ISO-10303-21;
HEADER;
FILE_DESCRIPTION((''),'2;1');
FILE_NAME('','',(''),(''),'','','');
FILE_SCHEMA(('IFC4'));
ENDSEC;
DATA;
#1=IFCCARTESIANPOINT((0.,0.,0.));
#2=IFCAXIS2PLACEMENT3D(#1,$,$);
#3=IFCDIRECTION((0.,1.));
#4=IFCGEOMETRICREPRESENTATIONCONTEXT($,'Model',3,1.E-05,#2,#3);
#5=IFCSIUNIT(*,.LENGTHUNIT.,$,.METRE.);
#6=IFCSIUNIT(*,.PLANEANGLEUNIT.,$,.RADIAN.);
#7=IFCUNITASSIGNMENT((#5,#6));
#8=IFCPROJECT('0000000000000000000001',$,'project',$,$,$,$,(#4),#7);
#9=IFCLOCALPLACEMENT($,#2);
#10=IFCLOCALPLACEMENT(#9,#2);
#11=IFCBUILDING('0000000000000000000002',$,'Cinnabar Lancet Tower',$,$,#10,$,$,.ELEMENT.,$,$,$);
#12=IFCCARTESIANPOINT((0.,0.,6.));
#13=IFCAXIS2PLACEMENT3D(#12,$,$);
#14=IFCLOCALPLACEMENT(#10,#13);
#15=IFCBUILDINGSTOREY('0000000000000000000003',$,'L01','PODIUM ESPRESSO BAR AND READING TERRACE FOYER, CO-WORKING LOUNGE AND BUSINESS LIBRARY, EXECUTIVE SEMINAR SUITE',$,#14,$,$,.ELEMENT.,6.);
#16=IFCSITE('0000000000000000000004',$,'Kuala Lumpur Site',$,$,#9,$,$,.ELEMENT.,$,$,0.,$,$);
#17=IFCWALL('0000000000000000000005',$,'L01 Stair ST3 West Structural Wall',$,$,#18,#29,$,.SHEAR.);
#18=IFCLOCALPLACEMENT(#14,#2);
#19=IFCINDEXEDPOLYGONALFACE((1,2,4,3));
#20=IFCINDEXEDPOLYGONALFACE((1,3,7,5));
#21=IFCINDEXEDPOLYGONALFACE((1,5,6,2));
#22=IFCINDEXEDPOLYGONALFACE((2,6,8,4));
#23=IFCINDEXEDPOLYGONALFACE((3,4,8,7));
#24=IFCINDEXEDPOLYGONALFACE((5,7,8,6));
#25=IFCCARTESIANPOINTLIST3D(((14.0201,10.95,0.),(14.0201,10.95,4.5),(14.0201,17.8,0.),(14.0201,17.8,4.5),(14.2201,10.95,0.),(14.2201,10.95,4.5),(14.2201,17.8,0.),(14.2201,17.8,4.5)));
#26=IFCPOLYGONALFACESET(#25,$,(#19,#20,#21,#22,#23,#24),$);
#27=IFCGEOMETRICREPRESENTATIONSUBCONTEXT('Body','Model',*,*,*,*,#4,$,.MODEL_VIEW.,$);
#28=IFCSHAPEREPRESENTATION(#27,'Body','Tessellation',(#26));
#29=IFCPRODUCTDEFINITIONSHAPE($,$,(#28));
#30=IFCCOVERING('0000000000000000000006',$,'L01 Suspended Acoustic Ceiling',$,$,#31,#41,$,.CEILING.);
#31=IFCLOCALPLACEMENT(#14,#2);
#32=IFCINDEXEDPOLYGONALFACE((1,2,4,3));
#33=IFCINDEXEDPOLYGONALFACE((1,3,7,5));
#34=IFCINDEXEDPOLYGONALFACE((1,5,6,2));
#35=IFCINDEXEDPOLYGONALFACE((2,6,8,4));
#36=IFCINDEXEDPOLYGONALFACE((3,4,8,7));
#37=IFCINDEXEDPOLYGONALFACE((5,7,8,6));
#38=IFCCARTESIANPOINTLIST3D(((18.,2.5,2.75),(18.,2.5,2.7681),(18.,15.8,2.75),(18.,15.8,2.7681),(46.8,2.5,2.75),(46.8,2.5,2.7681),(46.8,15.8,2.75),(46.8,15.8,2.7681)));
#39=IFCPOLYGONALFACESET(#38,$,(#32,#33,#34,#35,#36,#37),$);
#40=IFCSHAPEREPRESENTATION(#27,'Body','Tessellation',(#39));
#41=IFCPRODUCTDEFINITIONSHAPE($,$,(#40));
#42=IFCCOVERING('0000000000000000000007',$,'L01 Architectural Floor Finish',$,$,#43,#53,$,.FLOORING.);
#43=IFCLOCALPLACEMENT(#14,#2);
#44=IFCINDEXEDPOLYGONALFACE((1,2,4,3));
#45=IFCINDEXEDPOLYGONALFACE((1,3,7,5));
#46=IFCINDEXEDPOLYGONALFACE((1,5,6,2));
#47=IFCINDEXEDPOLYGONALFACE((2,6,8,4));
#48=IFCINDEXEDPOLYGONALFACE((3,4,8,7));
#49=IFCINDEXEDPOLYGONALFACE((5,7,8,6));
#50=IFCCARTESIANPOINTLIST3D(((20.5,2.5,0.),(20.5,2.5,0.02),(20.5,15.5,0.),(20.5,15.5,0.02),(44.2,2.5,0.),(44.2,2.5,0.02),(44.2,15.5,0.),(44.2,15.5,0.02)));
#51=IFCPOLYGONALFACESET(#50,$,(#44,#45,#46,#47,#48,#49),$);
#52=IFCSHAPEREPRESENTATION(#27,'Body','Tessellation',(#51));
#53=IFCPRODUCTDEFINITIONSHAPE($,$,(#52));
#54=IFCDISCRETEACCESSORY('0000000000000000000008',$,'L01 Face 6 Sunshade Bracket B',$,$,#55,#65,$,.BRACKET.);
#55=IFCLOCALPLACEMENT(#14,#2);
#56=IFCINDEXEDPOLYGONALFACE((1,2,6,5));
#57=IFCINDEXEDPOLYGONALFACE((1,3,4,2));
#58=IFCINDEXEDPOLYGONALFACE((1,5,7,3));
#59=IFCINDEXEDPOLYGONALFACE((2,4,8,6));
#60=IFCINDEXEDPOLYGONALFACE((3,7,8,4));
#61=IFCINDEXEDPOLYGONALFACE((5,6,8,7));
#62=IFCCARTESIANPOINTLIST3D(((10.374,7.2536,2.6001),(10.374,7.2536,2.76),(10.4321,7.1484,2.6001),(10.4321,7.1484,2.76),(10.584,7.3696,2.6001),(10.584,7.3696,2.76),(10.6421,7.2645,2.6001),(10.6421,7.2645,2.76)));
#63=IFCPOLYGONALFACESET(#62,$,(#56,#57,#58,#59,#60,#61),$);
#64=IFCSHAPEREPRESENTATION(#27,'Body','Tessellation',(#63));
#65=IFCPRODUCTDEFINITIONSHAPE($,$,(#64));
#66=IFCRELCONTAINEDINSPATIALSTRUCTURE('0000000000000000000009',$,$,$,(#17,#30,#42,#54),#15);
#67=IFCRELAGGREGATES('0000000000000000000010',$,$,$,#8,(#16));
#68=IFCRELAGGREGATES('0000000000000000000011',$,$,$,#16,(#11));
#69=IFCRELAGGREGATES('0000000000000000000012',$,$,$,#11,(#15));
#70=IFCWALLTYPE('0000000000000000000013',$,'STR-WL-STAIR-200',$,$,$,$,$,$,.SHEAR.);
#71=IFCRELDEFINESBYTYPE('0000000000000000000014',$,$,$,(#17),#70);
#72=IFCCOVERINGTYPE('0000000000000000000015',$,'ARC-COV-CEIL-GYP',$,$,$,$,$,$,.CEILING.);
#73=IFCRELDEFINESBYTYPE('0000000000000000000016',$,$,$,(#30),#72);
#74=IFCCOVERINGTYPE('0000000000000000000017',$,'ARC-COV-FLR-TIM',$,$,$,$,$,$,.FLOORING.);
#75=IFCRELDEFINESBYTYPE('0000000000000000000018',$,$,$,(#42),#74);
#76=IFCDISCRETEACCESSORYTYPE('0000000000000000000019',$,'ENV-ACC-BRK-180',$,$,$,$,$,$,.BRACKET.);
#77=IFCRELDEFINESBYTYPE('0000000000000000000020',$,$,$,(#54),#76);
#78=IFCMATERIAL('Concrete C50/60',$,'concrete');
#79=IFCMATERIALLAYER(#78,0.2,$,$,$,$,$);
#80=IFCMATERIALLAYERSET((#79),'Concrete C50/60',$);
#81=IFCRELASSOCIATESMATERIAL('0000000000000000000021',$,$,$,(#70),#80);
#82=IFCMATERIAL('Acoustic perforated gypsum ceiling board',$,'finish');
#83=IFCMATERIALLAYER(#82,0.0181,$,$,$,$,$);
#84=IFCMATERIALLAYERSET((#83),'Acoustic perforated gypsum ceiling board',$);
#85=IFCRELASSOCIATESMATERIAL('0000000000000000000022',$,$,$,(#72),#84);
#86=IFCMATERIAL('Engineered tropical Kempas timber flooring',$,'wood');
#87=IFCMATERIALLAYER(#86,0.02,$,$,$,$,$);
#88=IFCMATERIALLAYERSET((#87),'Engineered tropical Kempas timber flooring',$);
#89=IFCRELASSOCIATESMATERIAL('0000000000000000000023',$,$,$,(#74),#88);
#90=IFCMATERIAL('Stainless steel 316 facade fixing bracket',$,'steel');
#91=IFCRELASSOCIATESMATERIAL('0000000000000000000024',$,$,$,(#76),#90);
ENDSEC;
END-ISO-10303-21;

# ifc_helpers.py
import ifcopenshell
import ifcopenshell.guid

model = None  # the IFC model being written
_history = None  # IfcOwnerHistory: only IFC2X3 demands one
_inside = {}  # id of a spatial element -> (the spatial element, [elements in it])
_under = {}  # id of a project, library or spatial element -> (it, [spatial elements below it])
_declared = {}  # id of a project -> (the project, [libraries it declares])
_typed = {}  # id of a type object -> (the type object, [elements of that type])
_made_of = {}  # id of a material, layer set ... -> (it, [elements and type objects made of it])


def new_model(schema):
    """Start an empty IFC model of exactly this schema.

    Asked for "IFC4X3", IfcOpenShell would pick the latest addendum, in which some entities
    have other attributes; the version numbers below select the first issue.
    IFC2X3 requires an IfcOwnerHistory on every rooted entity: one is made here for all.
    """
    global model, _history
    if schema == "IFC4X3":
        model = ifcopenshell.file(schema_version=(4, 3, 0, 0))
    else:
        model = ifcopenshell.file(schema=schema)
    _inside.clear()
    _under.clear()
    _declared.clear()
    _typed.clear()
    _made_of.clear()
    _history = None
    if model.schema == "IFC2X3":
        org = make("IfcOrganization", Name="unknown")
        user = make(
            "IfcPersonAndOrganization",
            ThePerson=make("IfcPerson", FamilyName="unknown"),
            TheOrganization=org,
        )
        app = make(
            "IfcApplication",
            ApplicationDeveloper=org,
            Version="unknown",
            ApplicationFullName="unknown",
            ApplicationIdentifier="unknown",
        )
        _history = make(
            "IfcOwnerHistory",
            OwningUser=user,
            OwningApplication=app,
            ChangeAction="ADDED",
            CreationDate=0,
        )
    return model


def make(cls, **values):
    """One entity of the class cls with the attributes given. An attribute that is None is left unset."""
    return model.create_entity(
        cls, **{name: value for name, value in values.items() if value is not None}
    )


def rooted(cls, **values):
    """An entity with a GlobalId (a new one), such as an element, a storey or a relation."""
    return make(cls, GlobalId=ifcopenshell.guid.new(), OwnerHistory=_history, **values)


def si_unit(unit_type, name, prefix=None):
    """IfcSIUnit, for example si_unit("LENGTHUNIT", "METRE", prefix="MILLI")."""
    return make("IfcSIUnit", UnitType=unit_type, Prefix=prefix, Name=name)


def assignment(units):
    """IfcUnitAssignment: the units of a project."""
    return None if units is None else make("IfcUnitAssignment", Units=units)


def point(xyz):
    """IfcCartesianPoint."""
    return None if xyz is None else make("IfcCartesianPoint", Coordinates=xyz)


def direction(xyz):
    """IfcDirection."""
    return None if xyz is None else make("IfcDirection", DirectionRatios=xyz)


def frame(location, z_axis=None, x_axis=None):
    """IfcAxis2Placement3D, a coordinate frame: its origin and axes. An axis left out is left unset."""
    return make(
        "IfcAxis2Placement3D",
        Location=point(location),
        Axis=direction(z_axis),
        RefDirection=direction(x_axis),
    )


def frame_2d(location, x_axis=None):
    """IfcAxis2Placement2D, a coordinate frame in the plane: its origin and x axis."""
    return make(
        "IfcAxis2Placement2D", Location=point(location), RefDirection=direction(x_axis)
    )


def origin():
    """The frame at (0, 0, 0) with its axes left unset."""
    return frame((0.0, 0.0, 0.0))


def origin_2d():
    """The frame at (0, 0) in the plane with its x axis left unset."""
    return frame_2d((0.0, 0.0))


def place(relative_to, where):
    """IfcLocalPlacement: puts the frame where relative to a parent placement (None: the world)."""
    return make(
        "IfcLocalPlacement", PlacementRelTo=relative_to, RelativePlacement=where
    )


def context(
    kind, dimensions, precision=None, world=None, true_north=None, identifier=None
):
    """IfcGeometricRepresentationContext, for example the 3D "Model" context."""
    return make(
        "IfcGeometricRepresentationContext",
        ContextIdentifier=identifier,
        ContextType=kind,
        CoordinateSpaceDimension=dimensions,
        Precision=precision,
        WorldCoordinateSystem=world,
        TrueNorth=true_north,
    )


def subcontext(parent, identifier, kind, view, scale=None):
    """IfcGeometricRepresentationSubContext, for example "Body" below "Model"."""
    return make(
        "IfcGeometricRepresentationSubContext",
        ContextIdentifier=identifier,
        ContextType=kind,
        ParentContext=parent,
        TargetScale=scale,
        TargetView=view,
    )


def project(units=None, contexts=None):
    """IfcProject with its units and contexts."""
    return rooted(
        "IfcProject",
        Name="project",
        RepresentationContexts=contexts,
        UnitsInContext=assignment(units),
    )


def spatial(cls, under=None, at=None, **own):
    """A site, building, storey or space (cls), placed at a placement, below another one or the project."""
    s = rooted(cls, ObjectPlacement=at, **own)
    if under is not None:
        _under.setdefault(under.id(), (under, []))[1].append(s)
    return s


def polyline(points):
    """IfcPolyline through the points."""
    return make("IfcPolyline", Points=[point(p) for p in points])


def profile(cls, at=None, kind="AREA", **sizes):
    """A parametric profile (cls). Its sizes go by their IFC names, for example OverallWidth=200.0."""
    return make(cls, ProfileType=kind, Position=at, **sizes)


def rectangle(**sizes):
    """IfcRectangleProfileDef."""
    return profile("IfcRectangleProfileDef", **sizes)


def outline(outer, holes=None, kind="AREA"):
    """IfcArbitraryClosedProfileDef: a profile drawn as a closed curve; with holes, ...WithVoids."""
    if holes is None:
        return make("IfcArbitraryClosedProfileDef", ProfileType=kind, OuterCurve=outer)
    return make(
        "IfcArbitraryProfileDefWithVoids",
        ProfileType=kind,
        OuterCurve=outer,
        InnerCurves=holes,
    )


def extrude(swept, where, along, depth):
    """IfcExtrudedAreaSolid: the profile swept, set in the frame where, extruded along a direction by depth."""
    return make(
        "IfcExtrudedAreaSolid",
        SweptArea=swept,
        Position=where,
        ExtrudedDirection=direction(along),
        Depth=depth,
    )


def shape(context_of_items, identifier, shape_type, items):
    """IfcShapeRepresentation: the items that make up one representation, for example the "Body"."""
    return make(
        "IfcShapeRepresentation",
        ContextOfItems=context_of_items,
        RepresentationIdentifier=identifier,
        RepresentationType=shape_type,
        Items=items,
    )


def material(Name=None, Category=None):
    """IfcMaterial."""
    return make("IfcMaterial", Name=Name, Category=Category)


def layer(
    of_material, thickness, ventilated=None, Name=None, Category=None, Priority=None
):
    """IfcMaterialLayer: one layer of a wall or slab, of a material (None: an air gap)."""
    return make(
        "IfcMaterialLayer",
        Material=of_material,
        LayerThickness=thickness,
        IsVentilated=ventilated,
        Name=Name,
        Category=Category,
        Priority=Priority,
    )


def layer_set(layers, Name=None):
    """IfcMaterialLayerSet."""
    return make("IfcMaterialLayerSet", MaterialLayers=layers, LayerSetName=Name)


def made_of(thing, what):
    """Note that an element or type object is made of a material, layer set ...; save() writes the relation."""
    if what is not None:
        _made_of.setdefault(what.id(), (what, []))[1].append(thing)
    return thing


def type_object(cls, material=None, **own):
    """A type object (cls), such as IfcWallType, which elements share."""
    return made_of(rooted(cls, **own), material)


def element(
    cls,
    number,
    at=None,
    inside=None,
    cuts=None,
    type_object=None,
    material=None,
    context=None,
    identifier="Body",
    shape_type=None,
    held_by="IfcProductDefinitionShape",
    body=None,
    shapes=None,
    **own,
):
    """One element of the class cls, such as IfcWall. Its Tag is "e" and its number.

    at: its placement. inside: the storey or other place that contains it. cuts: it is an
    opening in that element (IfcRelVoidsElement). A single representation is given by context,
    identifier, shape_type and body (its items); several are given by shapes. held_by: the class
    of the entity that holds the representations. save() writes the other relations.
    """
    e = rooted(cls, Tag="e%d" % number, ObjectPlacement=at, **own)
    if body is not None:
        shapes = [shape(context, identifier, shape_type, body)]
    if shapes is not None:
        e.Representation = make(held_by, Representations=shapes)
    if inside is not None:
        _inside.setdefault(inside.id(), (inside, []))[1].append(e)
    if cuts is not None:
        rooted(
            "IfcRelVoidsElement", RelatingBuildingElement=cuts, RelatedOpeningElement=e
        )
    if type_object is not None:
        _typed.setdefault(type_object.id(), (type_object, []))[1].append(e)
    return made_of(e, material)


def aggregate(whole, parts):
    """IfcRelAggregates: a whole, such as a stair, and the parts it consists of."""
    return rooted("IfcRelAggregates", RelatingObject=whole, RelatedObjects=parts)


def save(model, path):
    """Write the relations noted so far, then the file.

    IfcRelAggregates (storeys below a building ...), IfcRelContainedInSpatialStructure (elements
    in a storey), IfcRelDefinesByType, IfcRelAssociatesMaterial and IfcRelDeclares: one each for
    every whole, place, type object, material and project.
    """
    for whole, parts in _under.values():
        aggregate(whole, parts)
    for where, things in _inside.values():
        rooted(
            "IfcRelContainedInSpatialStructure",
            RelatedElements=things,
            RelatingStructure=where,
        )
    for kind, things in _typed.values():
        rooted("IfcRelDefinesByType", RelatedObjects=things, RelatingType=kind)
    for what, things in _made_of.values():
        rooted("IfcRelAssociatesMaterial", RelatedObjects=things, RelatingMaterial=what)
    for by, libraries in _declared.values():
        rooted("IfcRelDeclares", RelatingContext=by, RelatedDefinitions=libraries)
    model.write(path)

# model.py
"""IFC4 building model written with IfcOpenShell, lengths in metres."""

from ifc_helpers import new_model, si_unit, direction, frame, frame_2d, origin, origin_2d, place, context, subcontext, project, spatial, polyline, rectangle, outline, extrude, material, layer, layer_set, type_object, element, save


model = new_model("IFC4")

# Units and contexts
model_context = context("Model", 3, precision=1e-05, world=origin(), true_north=direction((0.0, 1.0)))
body_context = subcontext(model_context, "Body", "Model", "MODEL_VIEW")
ifc_project = project(units=[si_unit("LENGTHUNIT", "METRE"), si_unit("PLANEANGLEUNIT", "RADIAN")], contexts=[model_context])

# Site, building, storey
site_placement = place(None, origin())
site = spatial("IfcSite", under=ifc_project, at=site_placement, Name="Kuala Lumpur Site", CompositionType="ELEMENT", RefElevation=0.0)
building_placement = place(site_placement, origin())
building = spatial("IfcBuilding", under=site, at=building_placement, Name="Cinnabar Lancet Tower", CompositionType="ELEMENT")
storey_placement = place(building_placement, frame((0.0, 0.0, 6.0)))
storey = spatial("IfcBuildingStorey", under=building, at=storey_placement, Name="L01", Description="PODIUM ESPRESSO BAR AND READING TERRACE FOYER, CO-WORKING LOUNGE AND BUSINESS LIBRARY, EXECUTIVE SEMINAR SUITE", CompositionType="ELEMENT", Elevation=6.0)

# Wall
ifc_material_1 = material(Name="Concrete C50/60", Category="concrete")
ifc_layer_1 = layer(ifc_material_1, 0.2)
ifc_layer_set_1 = layer_set([ifc_layer_1], Name="Concrete C50/60")
wall_type_1 = type_object("IfcWallType", Name="STR-WL-STAIR-200", PredefinedType="SHEAR", material=ifc_layer_set_1)
wall_1_placement = place(storey_placement, frame((14.1201, 10.95, 0.0), z_axis=(0.0, 0.0, 1.0), x_axis=(0.0, 1.0, 0.0)))
element("IfcWall", 1, at=wall_1_placement, inside=storey, type_object=wall_type_1, Name="L01 Stair ST3 West Structural Wall", PredefinedType="SHEAR", context=body_context, shape_type="SweptSolid", body=[
    extrude(rectangle(XDim=6.8501, YDim=0.2, at=frame_2d((3.425, 0.0))), origin(), (0.0, 0.0, 1.0), 4.5),
])

# Coverings
ifc_material_2 = material(Name="Acoustic perforated gypsum ceiling board", Category="finish")
ifc_layer_2 = layer(ifc_material_2, 0.0181)
ifc_layer_set_2 = layer_set([ifc_layer_2], Name="Acoustic perforated gypsum ceiling board")
covering_type_1 = type_object("IfcCoveringType", Name="ARC-COV-CEIL-GYP", PredefinedType="CEILING", material=ifc_layer_set_2)
covering_1_placement = place(storey_placement, frame((0.0, 0.0, 2.75)))
element("IfcCovering", 2, at=covering_1_placement, inside=storey, type_object=covering_type_1, Name="L01 Suspended Acoustic Ceiling", PredefinedType="CEILING", context=body_context, shape_type="SweptSolid", body=[
    extrude(outline(polyline([(18.0, 2.5), (46.8, 2.5), (46.8, 15.8), (18.0, 15.8), (18.0, 2.5)])), origin(), (0.0, 0.0, 1.0), 0.0181),
])
ifc_material_3 = material(Name="Engineered tropical Kempas timber flooring", Category="wood")
ifc_layer_3 = layer(ifc_material_3, 0.02)
ifc_layer_set_3 = layer_set([ifc_layer_3], Name="Engineered tropical Kempas timber flooring")
covering_type_2 = type_object("IfcCoveringType", Name="ARC-COV-FLR-TIM", PredefinedType="FLOORING", material=ifc_layer_set_3)
covering_2_placement = place(storey_placement, origin())
element("IfcCovering", 3, at=covering_2_placement, inside=storey, type_object=covering_type_2, Name="L01 Architectural Floor Finish", PredefinedType="FLOORING", context=body_context, shape_type="SweptSolid", body=[
    extrude(outline(polyline([(20.5, 2.5), (44.2, 2.5), (44.2, 15.5), (20.5, 15.5), (20.5, 2.5)])), origin(), (0.0, 0.0, 1.0), 0.02),
])

# Discrete accessory
ifc_material_4 = material(Name="Stainless steel 316 facade fixing bracket", Category="steel")
discrete_accessory_type = type_object("IfcDiscreteAccessoryType", Name="ENV-ACC-BRK-180", PredefinedType="BRACKET", material=ifc_material_4)
discrete_accessory_placement = place(storey_placement, frame((10.5081, 7.259, 2.6001), z_axis=(0.0, 0.0, 1.0), x_axis=(0.48368, -0.875245, 0.0)))
element("IfcDiscreteAccessory", 4, at=discrete_accessory_placement, inside=storey, type_object=discrete_accessory_type, Name="L01 Face 6 Sunshade Bracket B", PredefinedType="BRACKET", context=body_context, shape_type="SweptSolid", body=[
    extrude(rectangle(XDim=0.1201, YDim=0.24, at=origin_2d()), origin(), (0.0, 0.0, 1.0), 0.1599),
])

save(model, "model.ifc")
